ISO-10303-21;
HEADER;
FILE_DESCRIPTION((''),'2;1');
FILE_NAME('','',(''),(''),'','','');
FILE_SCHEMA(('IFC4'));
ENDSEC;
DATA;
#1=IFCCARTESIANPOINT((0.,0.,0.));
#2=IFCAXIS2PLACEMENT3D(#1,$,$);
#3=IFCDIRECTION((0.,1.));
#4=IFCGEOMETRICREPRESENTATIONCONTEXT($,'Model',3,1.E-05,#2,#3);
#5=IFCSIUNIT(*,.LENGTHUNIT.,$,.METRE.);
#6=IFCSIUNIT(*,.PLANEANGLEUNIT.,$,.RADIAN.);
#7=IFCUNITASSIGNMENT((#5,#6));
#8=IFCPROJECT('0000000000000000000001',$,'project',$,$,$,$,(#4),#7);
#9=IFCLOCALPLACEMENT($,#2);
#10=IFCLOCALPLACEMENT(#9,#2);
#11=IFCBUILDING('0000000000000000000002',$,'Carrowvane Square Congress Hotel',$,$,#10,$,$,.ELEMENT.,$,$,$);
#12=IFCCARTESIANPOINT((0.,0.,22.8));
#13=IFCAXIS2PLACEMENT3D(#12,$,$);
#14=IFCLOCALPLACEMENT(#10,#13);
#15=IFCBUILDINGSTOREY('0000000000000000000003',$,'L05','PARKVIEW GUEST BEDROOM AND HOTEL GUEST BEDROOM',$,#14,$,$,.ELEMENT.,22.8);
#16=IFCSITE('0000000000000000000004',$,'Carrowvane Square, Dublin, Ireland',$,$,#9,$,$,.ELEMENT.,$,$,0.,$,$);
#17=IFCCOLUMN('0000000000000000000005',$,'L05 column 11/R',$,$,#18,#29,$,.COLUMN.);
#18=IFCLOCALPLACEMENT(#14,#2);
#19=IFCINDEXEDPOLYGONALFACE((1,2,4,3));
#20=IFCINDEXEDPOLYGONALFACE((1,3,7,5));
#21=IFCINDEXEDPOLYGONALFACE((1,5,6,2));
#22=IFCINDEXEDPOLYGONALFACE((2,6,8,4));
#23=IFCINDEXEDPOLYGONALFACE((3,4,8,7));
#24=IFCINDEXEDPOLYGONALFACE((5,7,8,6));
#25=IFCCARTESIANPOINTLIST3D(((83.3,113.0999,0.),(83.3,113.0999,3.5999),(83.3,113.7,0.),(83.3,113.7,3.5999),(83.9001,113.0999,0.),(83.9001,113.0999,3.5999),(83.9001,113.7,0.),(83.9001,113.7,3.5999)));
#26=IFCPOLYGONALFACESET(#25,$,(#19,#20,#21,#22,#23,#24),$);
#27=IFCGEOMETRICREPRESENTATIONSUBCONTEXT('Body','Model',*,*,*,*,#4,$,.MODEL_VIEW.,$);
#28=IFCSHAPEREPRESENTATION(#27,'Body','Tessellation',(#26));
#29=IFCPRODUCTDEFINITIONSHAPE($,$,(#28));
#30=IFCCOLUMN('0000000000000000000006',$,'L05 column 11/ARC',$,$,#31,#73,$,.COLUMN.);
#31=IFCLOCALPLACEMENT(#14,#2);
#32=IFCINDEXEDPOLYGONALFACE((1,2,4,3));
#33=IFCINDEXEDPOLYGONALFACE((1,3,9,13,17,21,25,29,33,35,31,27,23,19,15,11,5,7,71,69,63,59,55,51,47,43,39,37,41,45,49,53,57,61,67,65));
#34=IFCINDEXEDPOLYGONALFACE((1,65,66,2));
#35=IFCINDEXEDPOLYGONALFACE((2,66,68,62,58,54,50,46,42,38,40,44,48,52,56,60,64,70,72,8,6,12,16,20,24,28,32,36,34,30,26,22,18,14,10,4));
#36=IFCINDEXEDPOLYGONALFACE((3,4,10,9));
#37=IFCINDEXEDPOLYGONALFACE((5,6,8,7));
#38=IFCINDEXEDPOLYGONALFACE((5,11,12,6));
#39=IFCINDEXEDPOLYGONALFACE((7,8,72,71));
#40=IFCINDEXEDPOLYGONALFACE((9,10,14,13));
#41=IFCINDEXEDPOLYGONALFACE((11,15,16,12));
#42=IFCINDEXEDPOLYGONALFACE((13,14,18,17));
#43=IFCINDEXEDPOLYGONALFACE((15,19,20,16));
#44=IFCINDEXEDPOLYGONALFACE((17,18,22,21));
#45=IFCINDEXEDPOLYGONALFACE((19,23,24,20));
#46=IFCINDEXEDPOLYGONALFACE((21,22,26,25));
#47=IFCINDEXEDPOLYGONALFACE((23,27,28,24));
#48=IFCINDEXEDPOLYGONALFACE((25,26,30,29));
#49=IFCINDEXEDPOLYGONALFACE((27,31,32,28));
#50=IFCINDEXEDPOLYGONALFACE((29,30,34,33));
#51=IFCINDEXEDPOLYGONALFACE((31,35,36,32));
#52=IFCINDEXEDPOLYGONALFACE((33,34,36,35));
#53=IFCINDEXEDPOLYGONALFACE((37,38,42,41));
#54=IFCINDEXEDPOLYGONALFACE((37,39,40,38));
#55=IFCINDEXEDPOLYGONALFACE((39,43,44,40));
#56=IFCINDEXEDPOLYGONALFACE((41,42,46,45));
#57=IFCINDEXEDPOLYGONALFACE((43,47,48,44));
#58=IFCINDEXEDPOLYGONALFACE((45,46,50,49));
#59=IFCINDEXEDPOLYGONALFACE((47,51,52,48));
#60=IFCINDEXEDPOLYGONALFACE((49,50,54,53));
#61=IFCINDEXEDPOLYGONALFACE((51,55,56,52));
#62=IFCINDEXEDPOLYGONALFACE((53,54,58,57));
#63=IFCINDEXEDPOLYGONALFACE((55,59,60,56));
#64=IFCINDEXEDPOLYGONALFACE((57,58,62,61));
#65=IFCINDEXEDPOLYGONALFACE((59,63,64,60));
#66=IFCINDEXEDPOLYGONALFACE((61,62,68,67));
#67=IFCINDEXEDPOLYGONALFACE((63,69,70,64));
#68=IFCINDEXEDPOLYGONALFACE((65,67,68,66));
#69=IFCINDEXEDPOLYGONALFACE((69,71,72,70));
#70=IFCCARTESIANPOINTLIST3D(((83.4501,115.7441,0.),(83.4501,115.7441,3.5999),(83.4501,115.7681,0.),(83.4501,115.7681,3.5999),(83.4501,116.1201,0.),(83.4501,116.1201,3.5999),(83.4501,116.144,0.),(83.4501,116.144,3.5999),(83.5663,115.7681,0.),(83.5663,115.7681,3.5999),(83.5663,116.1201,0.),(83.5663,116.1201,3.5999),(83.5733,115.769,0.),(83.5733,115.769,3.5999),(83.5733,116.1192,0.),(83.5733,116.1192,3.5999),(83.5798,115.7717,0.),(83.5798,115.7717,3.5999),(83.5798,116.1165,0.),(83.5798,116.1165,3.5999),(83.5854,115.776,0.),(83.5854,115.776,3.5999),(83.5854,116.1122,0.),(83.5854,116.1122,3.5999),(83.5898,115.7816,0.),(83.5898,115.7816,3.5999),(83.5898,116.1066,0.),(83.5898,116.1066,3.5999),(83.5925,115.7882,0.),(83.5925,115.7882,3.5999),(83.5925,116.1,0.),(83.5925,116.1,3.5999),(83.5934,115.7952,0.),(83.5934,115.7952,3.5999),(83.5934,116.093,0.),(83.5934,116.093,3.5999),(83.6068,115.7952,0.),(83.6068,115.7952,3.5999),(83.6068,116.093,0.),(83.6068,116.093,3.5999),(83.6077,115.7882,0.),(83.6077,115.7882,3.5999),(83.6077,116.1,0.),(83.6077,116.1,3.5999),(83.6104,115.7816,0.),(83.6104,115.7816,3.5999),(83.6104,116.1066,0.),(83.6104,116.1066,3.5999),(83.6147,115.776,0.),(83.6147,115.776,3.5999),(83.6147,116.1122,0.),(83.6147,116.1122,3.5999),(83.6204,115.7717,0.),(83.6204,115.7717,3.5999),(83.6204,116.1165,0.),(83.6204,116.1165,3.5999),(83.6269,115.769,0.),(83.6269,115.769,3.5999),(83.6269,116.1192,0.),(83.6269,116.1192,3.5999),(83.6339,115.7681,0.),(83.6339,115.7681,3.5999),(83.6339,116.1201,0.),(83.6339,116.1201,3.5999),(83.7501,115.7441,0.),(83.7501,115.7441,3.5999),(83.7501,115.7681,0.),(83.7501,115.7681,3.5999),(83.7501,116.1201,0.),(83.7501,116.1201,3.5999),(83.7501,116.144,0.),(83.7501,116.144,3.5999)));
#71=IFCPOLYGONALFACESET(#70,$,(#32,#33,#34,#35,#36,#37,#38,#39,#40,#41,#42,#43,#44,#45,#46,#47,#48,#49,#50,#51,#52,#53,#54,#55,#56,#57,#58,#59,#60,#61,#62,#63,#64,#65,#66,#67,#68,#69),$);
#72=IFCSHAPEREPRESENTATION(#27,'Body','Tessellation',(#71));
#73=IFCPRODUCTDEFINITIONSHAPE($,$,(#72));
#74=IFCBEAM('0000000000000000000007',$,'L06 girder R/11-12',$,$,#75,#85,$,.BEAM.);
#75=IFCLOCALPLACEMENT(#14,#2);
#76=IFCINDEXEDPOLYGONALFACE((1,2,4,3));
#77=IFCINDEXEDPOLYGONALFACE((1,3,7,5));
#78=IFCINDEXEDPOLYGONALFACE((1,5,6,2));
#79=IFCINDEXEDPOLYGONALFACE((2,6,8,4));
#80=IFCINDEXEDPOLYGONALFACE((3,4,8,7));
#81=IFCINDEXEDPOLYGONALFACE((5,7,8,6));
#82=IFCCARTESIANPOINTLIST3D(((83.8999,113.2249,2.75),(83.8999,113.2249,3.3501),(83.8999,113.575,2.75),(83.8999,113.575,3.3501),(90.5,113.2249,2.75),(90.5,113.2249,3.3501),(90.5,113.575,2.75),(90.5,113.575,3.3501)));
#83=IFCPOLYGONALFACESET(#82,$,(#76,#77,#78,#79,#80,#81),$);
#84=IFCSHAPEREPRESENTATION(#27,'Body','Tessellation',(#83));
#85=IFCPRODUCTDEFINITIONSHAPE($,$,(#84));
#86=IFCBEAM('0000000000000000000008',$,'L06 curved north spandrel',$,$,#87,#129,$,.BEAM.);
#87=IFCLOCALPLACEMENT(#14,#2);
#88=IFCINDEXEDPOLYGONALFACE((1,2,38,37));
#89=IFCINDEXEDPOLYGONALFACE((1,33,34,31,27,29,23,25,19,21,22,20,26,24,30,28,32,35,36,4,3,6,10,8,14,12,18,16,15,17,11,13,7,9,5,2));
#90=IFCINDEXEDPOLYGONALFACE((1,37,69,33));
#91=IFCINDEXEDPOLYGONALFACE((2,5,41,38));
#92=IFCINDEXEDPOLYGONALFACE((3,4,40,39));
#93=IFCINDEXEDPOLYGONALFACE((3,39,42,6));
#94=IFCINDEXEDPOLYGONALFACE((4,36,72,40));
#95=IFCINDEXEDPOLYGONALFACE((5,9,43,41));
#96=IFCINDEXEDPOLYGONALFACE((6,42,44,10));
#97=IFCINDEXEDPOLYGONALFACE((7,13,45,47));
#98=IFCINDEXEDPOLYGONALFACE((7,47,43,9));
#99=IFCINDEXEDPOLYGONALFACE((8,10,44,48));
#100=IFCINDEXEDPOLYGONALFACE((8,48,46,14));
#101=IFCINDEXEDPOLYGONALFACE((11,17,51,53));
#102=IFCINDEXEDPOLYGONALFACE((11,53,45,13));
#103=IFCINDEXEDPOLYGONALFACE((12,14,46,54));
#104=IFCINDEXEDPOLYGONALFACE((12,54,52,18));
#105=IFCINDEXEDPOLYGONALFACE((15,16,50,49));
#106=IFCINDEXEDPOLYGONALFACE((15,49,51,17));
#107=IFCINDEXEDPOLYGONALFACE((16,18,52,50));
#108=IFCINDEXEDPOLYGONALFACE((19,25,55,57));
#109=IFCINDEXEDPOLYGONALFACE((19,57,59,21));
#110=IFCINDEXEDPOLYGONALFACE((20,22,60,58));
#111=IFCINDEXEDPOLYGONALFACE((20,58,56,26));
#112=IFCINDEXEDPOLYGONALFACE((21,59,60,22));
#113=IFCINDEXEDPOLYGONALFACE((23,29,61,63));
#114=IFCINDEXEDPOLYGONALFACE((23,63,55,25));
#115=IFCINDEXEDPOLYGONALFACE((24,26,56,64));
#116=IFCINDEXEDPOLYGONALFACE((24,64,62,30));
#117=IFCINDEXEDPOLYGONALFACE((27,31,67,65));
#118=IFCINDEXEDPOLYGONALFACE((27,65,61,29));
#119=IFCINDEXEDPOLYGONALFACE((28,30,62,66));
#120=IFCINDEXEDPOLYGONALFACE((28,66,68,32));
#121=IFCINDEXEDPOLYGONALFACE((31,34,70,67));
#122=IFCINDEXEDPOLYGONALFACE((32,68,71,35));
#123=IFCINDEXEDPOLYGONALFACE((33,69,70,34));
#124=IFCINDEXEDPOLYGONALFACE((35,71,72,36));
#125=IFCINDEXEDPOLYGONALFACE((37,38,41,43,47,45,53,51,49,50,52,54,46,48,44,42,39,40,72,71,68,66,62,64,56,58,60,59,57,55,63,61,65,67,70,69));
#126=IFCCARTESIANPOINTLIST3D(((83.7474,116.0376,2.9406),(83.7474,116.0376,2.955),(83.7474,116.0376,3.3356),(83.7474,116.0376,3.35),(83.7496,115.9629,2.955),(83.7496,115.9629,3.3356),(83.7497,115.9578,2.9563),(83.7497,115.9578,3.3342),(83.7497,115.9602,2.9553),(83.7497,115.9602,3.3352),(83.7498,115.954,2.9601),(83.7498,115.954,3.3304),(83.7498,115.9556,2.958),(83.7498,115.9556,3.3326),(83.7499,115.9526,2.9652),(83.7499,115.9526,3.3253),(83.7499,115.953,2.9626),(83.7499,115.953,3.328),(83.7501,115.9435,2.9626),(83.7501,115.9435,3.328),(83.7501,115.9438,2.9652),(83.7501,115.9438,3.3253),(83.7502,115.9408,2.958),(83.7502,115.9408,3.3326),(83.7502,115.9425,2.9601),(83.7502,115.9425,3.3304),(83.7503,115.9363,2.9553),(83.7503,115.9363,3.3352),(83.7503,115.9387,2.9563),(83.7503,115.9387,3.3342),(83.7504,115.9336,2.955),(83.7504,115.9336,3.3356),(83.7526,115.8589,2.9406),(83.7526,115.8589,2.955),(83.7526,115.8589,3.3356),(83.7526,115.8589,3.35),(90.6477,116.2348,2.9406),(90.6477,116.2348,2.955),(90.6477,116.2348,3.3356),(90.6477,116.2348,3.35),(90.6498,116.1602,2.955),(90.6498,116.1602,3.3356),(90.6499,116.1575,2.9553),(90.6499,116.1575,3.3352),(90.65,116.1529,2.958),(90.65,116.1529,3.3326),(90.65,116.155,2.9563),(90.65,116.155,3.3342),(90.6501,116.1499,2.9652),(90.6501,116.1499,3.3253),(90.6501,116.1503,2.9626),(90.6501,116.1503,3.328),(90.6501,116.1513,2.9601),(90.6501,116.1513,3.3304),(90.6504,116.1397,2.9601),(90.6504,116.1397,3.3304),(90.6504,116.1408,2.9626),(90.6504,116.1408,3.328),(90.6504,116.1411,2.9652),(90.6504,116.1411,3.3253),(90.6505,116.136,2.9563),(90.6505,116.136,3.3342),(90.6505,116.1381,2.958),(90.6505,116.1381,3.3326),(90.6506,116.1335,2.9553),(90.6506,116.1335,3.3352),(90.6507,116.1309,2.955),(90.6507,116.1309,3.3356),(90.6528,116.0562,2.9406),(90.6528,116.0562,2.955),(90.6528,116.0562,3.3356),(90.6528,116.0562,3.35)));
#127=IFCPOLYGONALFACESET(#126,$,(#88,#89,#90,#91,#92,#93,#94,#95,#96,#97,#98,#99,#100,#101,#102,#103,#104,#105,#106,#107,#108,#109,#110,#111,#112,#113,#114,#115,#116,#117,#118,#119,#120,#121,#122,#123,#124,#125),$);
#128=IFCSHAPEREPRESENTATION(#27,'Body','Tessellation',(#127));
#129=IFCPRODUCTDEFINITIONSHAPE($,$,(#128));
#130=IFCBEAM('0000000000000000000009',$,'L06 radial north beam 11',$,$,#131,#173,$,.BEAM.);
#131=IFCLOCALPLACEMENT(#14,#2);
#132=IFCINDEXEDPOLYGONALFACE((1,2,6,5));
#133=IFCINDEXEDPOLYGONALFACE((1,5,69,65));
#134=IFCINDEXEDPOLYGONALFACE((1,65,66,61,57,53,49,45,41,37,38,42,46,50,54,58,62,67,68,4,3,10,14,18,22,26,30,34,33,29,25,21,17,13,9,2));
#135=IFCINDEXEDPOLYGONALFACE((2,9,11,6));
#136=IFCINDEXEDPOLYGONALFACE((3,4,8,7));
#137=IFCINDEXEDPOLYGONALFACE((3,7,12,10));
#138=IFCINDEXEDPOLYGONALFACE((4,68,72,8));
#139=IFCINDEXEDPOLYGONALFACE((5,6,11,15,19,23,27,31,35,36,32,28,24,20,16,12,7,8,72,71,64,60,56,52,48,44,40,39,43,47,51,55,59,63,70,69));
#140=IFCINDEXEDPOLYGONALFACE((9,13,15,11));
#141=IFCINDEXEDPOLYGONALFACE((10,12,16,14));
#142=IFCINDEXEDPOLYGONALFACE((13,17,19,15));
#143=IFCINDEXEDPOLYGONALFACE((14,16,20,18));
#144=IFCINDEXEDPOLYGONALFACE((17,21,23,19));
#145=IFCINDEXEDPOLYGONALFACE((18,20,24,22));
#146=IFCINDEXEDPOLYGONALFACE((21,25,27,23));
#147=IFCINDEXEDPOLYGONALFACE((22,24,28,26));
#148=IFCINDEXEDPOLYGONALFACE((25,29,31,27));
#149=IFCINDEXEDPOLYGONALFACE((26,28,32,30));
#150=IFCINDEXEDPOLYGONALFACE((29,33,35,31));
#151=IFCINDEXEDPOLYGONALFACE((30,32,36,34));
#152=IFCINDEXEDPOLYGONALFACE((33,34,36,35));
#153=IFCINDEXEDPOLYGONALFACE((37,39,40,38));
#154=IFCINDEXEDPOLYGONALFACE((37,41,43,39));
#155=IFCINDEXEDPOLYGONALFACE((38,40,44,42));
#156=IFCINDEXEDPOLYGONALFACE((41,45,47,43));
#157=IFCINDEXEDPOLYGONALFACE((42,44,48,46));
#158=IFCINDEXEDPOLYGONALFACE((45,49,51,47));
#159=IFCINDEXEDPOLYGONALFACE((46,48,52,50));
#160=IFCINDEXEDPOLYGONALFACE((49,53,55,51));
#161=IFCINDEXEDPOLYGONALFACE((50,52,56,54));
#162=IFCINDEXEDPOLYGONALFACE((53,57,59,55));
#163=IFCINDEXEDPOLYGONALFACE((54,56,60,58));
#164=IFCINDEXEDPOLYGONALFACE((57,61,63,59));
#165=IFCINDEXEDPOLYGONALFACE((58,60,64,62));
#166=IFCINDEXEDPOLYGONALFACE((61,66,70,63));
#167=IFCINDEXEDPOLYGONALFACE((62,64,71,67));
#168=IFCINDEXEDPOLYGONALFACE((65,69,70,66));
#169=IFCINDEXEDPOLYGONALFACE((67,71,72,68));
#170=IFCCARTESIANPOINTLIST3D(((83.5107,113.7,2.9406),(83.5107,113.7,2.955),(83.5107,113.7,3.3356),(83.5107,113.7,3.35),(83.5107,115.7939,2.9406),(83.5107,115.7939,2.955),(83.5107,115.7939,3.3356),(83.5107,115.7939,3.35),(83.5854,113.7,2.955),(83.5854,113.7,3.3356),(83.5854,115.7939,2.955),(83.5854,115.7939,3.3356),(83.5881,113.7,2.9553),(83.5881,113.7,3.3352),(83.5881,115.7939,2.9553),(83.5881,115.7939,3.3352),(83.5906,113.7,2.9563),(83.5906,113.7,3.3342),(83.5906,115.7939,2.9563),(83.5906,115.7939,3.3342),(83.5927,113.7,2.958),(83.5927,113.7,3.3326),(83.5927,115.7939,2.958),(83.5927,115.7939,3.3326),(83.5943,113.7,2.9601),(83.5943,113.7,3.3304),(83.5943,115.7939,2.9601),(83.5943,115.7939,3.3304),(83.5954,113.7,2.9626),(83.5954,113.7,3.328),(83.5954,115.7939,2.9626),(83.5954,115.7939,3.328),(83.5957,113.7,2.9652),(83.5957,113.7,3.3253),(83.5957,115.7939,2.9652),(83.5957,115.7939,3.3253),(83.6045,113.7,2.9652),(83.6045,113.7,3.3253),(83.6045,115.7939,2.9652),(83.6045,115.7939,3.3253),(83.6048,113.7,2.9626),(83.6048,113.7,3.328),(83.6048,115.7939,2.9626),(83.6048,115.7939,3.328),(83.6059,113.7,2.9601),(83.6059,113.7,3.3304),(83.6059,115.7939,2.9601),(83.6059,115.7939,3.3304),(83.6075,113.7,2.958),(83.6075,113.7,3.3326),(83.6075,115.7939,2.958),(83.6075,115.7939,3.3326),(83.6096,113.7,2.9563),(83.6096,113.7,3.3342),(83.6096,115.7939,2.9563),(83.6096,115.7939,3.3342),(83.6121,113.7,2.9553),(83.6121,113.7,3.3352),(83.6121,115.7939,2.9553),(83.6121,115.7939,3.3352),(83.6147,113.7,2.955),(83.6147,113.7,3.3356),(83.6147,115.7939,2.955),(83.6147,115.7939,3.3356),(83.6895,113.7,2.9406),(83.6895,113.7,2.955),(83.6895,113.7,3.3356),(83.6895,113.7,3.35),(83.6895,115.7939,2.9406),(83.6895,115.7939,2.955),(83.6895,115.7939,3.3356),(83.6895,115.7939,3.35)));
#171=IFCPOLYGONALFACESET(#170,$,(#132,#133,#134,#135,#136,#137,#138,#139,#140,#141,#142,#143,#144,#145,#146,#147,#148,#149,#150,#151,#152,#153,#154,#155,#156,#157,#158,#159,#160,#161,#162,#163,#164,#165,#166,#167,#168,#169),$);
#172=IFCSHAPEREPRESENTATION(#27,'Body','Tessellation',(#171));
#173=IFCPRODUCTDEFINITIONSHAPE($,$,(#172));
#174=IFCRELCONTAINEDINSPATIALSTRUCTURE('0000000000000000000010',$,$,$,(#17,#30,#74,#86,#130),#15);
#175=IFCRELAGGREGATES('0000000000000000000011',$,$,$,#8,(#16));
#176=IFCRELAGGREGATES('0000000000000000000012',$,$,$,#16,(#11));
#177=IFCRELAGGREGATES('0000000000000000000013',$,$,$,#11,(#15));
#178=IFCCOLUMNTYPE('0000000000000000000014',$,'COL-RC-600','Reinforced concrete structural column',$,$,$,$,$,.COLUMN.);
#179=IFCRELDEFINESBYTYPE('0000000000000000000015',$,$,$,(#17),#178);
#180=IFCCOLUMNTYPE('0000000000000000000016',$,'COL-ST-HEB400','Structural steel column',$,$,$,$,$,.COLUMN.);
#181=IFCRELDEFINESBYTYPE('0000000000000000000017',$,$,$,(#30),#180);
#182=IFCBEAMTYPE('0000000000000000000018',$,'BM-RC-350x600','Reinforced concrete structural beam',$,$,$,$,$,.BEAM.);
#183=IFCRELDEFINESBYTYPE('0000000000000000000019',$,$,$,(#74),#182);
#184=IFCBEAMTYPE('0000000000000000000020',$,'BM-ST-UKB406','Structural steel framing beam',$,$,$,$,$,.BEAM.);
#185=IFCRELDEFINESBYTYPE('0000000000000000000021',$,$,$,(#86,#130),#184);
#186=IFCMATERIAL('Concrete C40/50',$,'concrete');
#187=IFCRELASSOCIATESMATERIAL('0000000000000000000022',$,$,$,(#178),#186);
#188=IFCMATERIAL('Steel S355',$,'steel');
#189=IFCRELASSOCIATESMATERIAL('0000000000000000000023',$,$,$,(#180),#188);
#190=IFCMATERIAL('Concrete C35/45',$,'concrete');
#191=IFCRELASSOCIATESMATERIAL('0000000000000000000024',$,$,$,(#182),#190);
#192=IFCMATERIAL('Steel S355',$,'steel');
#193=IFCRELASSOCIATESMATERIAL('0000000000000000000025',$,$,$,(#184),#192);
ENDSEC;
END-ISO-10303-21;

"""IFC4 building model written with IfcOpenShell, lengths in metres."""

from ifc_helpers import new_model, si_unit, direction, frame, origin, origin_2d, place, context, subcontext, project, spatial, rectangle, i_section, extrude, material, material_profile, profile_set, type_object, element, save


model = new_model("IFC4")

# Units and contexts
model_context = context("Model", 3, precision=1e-05, world=origin(), true_north=direction((0.0, 1.0)))
body_context = subcontext(model_context, "Body", "Model", "MODEL_VIEW")
ifc_project = project(units=[si_unit("LENGTHUNIT", "METRE"), si_unit("PLANEANGLEUNIT", "RADIAN")], contexts=[model_context])

# Site, building, storey
site_placement = place(None, origin())
site = spatial("IfcSite", under=ifc_project, at=site_placement, Name="Carrowvane Square, Dublin, Ireland", CompositionType="ELEMENT", RefElevation=0.0)
building_placement = place(site_placement, origin())
building = spatial("IfcBuilding", under=site, at=building_placement, Name="Carrowvane Square Congress Hotel", CompositionType="ELEMENT")
storey_placement = place(building_placement, frame((0.0, 0.0, 22.8)))
storey = spatial("IfcBuildingStorey", under=building, at=storey_placement, Name="L05", Description="PARKVIEW GUEST BEDROOM AND HOTEL GUEST BEDROOM", CompositionType="ELEMENT", Elevation=22.8)

# Columns
ifc_material_1 = material(Name="Concrete C40/50", Category="concrete")
ifc_material_profile_1 = material_profile(ifc_material_1, rectangle(XDim=0.6001, YDim=0.6001, at=origin_2d()), Name="RC 600x600")
ifc_profile_set_1 = profile_set([ifc_material_profile_1], Name="Concrete C40/50")
column_type_1 = type_object("IfcColumnType", Name="COL-RC-600", Description="Reinforced concrete structural column", PredefinedType="COLUMN", material=ifc_profile_set_1)
column_1_placement = place(storey_placement, frame((83.6001, 113.3999, 0.0), z_axis=(0.0, 0.0, 1.0), x_axis=(1.0, 0.0, 0.0)))
element("IfcColumn", 1, at=column_1_placement, inside=storey, type_object=column_type_1, Name="L05 column 11/R", PredefinedType="COLUMN", context=body_context, shape_type="SweptSolid", body=[
    extrude(rectangle(XDim=0.6001, YDim=0.6001, at=origin_2d()), origin(), (0.0, 0.0, 1.0), 3.5999),
])
ifc_material_2 = material(Name="Steel S355", Category="steel")
ifc_material_profile_2 = material_profile(ifc_material_2, i_section(OverallWidth=0.3, OverallDepth=0.3999, WebThickness=0.0134, FlangeThickness=0.0239, FilletRadius=0.0271, at=origin_2d()), Name="HEB 400")
ifc_profile_set_2 = profile_set([ifc_material_profile_2], Name="Steel S355")
column_type_2 = type_object("IfcColumnType", Name="COL-ST-HEB400", Description="Structural steel column", PredefinedType="COLUMN", material=ifc_profile_set_2)
column_2_placement = place(storey_placement, frame((83.6001, 115.9441, 0.0), z_axis=(0.0, 0.0, 1.0), x_axis=(1.0, 0.0, 0.0)))
element("IfcColumn", 2, at=column_2_placement, inside=storey, type_object=column_type_2, Name="L05 column 11/ARC", PredefinedType="COLUMN", context=body_context, shape_type="SweptSolid", body=[
    extrude(i_section(OverallWidth=0.3, OverallDepth=0.3999, WebThickness=0.0134, FlangeThickness=0.0239, FilletRadius=0.0271, at=origin_2d()), origin(), (0.0, 0.0, 1.0), 3.5999),
])

# Beams
ifc_material_3 = material(Name="Concrete C35/45", Category="concrete")
ifc_material_profile_3 = material_profile(ifc_material_3, rectangle(XDim=0.3501, YDim=0.6001, at=origin_2d()), Name="RC 350x600")
ifc_profile_set_3 = profile_set([ifc_material_profile_3], Name="Concrete C35/45")
beam_type_1 = type_object("IfcBeamType", Name="BM-RC-350x600", Description="Reinforced concrete structural beam", PredefinedType="BEAM", material=ifc_profile_set_3)
beam_1_placement = place(storey_placement, frame((83.8999, 113.3999, 3.05), z_axis=(1.0, 0.0, 0.0), x_axis=(0.0, 1.0, 0.0)))
element("IfcBeam", 3, at=beam_1_placement, inside=storey, type_object=beam_type_1, Name="L06 girder R/11-12", PredefinedType="BEAM", context=body_context, shape_type="SweptSolid", body=[
    extrude(rectangle(XDim=0.3501, YDim=0.6001, at=origin_2d()), origin(), (0.0, 0.0, 1.0), 6.6001),
])
ifc_material_4 = material(Name="Steel S355", Category="steel")
ifc_material_profile_4 = material_profile(ifc_material_4, i_section(OverallWidth=0.1787, OverallDepth=0.4094, WebThickness=0.0088, FlangeThickness=0.0144, FilletRadius=0.0103, at=origin_2d()), Name="UKB 406x178x67")
ifc_profile_set_4 = profile_set([ifc_material_profile_4], Name="Steel S355")
beam_type_2 = type_object("IfcBeamType", Name="BM-ST-UKB406", Description="Structural steel framing beam", PredefinedType="BEAM", material=ifc_profile_set_4)
beam_2_placement = place(storey_placement, frame((83.75, 115.9482, 3.1453), z_axis=(0.999592, 0.028577, 0.0), x_axis=(-0.028577, 0.999592, 0.0)))
element("IfcBeam", 4, at=beam_2_placement, inside=storey, type_object=beam_type_2, Name="L06 curved north spandrel", PredefinedType="BEAM", context=body_context, shape_type="SweptSolid", body=[
    extrude(i_section(OverallWidth=0.1787, OverallDepth=0.4094, WebThickness=0.0088, FlangeThickness=0.0144, FilletRadius=0.0103, at=origin_2d()), origin(), (0.0, 0.0, 1.0), 6.9031),
])
beam_3_placement = place(storey_placement, frame((83.6001, 113.7, 3.1453), z_axis=(0.0, 1.0, 0.0), x_axis=(-1.0, 0.0, 0.0)))
element("IfcBeam", 5, at=beam_3_placement, inside=storey, type_object=beam_type_2, Name="L06 radial north beam 11", PredefinedType="BEAM", context=body_context, shape_type="SweptSolid", body=[
    extrude(i_section(OverallWidth=0.1787, OverallDepth=0.4094, WebThickness=0.0088, FlangeThickness=0.0144, FilletRadius=0.0103, at=origin_2d()), origin(), (0.0, 0.0, 1.0), 2.094),
])

save(model, "model.ifc")
